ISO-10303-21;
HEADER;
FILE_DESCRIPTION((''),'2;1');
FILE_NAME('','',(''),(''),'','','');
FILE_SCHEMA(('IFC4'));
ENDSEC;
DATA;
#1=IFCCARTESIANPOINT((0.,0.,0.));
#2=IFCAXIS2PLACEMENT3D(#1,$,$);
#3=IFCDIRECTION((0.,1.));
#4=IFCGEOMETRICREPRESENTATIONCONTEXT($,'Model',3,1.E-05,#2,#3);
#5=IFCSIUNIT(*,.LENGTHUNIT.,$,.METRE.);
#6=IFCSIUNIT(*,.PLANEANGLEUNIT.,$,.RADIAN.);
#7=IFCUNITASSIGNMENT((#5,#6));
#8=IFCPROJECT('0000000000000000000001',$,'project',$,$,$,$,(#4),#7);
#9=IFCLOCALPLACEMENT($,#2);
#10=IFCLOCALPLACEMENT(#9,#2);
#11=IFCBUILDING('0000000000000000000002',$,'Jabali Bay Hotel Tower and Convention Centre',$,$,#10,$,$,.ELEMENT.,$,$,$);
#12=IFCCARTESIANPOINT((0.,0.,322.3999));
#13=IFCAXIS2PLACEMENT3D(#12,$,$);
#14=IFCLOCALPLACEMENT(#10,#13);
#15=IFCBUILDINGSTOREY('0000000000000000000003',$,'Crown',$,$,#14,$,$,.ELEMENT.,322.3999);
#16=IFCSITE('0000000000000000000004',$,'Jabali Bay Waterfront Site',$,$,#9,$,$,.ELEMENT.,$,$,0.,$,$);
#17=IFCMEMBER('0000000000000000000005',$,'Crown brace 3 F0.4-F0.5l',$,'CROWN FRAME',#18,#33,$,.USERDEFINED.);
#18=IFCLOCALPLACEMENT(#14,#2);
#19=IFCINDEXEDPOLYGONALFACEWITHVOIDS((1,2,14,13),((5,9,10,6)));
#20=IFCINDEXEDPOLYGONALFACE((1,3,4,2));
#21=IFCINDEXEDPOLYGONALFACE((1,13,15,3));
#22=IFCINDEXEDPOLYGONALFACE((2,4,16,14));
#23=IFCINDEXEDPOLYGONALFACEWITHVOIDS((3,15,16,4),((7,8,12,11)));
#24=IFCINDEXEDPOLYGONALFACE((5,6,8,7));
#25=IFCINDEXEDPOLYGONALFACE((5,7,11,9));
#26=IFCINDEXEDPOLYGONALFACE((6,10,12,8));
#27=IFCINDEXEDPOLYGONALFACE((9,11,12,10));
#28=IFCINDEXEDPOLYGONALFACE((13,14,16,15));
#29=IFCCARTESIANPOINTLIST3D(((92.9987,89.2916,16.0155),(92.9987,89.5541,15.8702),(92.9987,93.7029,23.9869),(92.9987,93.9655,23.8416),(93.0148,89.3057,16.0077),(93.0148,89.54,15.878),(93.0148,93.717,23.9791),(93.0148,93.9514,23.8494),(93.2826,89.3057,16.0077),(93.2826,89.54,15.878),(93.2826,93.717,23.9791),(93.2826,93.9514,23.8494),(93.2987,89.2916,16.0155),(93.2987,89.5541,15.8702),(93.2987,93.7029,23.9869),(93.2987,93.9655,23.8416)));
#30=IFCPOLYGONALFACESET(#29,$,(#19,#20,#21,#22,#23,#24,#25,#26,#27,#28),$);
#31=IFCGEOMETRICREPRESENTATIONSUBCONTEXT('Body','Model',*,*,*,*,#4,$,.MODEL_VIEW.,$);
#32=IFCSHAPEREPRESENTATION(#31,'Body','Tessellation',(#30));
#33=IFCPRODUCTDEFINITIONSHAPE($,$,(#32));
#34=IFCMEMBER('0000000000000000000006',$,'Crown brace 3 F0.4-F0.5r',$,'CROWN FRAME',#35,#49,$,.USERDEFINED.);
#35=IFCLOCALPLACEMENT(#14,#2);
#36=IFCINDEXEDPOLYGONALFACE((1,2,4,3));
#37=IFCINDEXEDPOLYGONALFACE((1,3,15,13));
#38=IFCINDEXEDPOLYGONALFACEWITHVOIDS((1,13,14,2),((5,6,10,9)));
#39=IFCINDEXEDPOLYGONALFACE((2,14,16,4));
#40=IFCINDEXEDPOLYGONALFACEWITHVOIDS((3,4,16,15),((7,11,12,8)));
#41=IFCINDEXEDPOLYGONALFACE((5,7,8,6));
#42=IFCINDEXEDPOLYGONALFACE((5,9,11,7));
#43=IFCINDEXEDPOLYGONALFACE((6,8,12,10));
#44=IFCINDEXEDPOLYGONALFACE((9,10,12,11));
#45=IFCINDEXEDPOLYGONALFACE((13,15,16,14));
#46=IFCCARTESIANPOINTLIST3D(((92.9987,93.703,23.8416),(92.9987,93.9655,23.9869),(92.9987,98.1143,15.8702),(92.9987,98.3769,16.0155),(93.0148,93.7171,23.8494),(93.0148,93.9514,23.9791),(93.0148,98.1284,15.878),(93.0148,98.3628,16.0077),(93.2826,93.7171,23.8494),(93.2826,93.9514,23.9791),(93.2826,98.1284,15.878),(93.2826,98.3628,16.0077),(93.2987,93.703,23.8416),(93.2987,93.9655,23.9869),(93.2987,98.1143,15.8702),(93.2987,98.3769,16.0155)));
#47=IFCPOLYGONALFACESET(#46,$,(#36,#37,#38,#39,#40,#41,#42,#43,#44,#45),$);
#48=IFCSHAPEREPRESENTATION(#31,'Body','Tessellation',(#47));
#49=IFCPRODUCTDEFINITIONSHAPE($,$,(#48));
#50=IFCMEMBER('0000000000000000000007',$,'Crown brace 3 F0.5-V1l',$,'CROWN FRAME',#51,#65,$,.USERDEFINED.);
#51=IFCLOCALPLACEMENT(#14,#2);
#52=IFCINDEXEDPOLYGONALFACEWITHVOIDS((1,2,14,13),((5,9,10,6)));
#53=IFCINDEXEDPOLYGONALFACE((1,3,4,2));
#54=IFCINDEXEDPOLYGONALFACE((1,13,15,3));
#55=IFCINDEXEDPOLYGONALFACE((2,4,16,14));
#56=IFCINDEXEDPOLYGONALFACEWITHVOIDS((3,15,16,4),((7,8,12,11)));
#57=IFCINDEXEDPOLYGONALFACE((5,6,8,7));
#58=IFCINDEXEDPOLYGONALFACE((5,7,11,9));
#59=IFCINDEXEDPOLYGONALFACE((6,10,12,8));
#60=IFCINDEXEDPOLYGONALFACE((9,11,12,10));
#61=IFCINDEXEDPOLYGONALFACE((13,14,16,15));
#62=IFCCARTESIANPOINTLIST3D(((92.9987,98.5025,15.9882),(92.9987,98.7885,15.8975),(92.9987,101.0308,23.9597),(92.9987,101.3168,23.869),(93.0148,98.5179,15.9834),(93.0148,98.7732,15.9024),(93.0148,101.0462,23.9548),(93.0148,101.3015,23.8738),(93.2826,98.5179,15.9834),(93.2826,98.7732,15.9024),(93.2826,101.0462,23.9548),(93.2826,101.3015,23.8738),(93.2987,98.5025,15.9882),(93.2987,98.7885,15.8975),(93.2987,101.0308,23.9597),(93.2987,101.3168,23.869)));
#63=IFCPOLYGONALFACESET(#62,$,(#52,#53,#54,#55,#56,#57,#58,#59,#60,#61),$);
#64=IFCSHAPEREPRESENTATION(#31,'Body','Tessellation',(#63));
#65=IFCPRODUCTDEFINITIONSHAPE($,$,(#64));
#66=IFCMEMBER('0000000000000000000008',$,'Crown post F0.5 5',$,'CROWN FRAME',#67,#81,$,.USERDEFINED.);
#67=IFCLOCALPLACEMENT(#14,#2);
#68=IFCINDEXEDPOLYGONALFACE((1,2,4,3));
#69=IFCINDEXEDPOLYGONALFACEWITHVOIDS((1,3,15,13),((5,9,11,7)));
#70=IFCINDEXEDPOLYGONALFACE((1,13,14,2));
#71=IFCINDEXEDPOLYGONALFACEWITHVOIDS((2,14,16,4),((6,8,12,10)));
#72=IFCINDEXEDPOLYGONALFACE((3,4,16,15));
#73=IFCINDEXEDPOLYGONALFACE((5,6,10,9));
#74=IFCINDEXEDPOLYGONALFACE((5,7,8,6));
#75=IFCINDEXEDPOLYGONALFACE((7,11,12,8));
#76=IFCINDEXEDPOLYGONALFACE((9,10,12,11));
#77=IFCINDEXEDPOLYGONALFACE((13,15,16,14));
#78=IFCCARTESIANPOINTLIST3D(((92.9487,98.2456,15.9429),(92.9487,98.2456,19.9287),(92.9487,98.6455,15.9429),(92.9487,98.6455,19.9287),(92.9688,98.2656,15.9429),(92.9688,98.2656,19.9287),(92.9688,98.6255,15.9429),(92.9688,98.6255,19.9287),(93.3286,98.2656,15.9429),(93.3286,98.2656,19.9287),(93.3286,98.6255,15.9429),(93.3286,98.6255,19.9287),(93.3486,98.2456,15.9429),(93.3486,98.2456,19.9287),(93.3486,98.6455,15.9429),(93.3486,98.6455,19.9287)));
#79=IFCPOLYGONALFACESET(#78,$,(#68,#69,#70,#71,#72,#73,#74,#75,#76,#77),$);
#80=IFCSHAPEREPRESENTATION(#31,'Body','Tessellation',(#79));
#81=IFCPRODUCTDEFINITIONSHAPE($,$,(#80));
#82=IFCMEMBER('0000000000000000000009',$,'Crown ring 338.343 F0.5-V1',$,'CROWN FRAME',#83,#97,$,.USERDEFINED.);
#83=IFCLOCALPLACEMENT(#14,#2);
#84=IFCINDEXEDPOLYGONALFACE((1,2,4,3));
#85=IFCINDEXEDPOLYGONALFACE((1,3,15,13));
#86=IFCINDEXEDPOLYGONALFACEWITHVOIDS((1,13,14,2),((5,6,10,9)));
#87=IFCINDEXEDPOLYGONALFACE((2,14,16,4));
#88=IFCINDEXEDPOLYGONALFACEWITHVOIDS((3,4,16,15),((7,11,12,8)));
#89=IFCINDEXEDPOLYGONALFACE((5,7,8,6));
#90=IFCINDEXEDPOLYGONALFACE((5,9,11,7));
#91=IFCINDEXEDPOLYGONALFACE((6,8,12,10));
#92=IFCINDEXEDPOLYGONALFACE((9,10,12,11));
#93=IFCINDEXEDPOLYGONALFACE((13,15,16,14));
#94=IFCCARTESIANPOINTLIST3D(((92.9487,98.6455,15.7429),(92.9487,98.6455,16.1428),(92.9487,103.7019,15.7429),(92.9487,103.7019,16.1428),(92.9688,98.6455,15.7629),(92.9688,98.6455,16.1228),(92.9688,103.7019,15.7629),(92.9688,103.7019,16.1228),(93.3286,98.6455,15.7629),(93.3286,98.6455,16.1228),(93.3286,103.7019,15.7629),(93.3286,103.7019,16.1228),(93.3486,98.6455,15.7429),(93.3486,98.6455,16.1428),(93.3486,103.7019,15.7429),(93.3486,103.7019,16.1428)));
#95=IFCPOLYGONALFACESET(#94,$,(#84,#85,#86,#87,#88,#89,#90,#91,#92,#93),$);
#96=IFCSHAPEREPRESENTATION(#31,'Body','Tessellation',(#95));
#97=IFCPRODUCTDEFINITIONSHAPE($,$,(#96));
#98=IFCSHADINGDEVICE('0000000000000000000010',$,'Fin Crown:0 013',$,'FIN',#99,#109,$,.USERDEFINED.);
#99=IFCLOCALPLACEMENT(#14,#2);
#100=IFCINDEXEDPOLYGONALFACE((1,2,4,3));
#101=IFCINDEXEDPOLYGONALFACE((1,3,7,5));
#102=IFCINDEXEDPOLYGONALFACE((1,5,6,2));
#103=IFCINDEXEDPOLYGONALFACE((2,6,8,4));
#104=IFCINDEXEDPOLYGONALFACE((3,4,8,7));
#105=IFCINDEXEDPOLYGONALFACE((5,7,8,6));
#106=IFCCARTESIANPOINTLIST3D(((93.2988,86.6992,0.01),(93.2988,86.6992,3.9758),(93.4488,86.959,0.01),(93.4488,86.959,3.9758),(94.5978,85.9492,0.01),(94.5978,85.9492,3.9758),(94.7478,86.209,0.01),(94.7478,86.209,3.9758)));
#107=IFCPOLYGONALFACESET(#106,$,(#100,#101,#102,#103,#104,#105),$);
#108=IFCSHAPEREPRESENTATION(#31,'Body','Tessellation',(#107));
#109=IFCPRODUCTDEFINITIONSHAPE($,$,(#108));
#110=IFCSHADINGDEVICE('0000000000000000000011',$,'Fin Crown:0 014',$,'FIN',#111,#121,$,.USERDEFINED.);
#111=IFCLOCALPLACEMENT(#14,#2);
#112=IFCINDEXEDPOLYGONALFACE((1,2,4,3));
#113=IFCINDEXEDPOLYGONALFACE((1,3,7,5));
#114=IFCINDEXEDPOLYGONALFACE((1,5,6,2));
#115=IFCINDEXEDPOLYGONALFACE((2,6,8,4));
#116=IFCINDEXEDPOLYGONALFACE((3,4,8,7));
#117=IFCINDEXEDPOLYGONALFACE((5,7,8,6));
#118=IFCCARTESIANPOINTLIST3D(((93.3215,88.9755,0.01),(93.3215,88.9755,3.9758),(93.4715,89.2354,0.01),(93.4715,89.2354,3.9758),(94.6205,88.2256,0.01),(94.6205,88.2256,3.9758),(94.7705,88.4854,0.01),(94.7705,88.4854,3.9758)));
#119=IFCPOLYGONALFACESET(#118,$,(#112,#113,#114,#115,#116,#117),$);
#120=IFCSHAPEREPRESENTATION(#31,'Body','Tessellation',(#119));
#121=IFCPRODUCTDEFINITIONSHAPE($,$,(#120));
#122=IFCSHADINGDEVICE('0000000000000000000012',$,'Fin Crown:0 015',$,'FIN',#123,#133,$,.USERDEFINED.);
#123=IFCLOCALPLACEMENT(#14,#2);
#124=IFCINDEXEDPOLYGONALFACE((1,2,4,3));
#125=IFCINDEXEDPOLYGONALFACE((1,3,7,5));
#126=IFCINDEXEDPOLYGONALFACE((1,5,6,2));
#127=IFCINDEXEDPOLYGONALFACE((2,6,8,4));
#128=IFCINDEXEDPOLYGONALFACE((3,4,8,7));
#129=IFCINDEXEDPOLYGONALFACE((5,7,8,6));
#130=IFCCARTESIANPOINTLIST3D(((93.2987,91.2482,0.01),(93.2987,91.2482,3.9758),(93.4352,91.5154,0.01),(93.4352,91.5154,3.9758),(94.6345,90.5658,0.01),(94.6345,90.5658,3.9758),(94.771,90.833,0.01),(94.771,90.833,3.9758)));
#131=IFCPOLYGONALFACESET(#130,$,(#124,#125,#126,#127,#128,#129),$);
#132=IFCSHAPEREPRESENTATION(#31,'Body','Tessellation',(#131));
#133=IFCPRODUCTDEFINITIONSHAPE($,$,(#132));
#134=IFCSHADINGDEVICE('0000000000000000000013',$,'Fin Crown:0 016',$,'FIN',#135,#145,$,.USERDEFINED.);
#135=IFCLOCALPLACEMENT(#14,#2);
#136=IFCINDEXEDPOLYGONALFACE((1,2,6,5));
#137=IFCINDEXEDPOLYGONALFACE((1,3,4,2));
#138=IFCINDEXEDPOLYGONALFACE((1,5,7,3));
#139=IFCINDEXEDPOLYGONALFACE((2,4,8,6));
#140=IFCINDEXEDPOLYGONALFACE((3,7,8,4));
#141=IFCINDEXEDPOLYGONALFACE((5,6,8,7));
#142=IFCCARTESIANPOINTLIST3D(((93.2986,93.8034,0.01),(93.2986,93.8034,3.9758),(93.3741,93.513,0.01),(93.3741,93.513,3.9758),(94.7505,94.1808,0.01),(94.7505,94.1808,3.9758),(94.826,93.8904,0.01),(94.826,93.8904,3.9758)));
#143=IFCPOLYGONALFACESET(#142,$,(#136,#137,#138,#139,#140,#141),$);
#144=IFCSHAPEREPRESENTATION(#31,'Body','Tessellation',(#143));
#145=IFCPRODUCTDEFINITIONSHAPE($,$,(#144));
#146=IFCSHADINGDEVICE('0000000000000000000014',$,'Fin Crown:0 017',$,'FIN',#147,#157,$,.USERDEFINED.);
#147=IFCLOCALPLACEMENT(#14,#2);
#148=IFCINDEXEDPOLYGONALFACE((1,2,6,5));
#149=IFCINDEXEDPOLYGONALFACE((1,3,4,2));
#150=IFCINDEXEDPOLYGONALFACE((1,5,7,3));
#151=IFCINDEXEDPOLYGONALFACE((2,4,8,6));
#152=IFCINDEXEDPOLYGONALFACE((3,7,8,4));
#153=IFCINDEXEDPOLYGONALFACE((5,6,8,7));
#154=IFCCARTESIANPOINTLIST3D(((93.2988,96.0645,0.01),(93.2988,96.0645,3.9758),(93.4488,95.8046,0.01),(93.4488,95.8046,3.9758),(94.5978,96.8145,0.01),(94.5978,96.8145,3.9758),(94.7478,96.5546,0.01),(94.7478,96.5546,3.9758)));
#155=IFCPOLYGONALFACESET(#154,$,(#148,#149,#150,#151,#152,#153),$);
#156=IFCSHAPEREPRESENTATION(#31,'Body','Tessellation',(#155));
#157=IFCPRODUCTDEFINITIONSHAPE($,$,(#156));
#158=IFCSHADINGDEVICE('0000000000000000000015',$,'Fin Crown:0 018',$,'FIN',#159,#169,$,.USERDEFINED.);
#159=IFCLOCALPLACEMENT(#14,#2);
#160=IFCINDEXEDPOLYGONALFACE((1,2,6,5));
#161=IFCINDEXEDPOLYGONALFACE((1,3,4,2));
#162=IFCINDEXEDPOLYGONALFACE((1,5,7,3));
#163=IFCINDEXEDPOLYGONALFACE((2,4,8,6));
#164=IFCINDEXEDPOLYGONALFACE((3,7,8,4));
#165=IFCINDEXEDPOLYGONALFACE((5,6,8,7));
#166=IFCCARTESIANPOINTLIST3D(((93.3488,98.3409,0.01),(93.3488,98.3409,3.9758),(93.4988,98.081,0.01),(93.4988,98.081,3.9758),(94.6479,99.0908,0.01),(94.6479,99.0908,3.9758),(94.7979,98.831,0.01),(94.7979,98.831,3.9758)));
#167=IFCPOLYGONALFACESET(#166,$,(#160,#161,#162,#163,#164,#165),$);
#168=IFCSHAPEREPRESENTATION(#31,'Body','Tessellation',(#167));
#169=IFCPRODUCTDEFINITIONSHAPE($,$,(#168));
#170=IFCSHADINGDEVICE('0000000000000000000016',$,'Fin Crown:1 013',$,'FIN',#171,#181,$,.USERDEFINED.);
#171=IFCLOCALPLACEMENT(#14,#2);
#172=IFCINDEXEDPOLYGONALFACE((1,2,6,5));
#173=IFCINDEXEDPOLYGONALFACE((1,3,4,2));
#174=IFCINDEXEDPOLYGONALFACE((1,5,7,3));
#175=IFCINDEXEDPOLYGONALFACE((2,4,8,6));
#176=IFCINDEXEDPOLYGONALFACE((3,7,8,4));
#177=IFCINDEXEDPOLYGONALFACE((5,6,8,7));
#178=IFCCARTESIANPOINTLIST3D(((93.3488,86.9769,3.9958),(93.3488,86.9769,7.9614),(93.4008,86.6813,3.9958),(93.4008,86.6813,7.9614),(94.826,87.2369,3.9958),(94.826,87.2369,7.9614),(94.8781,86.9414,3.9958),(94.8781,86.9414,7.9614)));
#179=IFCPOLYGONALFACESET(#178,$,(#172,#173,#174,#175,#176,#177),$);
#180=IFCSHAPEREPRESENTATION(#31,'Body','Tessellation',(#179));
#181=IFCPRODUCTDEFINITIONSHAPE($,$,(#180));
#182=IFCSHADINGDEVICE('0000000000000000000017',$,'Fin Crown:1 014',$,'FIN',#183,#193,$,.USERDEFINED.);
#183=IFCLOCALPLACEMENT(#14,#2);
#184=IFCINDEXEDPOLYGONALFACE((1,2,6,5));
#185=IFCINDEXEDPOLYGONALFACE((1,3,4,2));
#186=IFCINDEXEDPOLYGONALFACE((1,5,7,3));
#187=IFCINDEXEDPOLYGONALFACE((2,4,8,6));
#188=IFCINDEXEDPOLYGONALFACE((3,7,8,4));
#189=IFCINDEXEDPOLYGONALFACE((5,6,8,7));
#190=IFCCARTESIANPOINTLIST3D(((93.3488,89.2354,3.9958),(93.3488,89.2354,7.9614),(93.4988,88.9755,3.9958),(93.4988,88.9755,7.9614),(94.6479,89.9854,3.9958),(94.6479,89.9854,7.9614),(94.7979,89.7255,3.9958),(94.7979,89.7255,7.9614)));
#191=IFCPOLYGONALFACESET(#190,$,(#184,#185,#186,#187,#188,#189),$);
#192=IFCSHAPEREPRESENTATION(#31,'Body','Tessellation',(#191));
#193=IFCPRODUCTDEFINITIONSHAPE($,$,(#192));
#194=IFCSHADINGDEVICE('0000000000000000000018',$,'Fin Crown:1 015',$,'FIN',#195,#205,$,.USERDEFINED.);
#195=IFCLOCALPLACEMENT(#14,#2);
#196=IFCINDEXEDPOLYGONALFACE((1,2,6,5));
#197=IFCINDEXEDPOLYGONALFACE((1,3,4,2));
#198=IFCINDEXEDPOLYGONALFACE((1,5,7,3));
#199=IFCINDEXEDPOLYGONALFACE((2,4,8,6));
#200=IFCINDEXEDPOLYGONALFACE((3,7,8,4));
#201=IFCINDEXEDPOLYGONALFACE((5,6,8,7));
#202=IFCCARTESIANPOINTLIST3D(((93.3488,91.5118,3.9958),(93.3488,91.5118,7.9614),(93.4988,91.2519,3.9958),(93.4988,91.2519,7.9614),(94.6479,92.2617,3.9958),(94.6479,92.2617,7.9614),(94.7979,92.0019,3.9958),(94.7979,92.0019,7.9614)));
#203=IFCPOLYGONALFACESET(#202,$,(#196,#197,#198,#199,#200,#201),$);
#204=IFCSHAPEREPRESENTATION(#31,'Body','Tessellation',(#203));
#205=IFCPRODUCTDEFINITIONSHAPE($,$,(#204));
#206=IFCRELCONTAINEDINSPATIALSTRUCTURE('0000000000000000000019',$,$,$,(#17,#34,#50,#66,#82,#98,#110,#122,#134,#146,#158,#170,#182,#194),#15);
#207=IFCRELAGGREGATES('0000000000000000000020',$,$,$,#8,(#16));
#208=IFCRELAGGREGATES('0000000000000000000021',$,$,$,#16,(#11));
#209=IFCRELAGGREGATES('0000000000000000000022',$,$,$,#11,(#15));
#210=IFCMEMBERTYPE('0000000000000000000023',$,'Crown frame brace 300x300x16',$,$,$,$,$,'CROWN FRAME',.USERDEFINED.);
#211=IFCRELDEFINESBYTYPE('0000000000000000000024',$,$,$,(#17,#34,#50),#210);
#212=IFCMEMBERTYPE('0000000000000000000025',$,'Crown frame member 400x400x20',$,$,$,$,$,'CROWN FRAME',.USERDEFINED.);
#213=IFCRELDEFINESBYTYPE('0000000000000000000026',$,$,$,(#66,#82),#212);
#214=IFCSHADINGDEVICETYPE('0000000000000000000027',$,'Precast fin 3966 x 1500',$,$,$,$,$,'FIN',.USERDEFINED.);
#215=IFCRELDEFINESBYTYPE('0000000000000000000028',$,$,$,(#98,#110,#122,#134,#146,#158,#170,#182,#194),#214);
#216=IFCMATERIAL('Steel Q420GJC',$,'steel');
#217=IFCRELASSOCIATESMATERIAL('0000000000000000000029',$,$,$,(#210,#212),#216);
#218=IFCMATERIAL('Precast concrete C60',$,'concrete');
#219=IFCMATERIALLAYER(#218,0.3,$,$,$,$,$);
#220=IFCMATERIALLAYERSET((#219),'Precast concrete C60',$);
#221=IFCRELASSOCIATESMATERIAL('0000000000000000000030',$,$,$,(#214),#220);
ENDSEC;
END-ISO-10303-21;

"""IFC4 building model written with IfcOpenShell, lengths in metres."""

from ifc_helpers import new_model, si_unit, direction, frame, frame_2d, origin, origin_2d, place, context, subcontext, project, spatial, rectangle, hollow_rectangle, extrude, material, layer, layer_set, material_profile, profile_set, type_object, element, save


model = new_model("IFC4")

# Units and contexts
model_context = context("Model", 3, precision=1e-05, world=origin(), true_north=direction((0.0, 1.0)))
body_context = subcontext(model_context, "Body", "Model", "MODEL_VIEW")
ifc_project = project(units=[si_unit("LENGTHUNIT", "METRE"), si_unit("PLANEANGLEUNIT", "RADIAN")], contexts=[model_context])

# Site, building, storey
site_placement = place(None, origin())
site = spatial("IfcSite", under=ifc_project, at=site_placement, Name="Jabali Bay Waterfront Site", CompositionType="ELEMENT", RefElevation=0.0)
building_placement = place(site_placement, origin())
building = spatial("IfcBuilding", under=site, at=building_placement, Name="Jabali Bay Hotel Tower and Convention Centre", CompositionType="ELEMENT")
storey_placement = place(building_placement, frame((0.0, 0.0, 322.3999)))
storey = spatial("IfcBuildingStorey", under=building, at=storey_placement, Name="Crown", CompositionType="ELEMENT", Elevation=322.3999)

# Members
ifc_material_1 = material(Name="Steel Q420GJC", Category="steel")
ifc_material_profile_1 = material_profile(ifc_material_1, hollow_rectangle(XDim=0.3, YDim=0.3, WallThickness=0.0161, at=origin_2d()), Name="Crown frame brace 300x300x16")
ifc_profile_set_1 = profile_set([ifc_material_profile_1], Name="Steel Q420GJC")
member_type_1 = type_object("IfcMemberType", Name="Crown frame brace 300x300x16", ElementType="CROWN FRAME", PredefinedType="USERDEFINED", material=ifc_profile_set_1)
for number, where, z_axis, x_axis, name in (
    (1, (93.1487, 89.4229, 15.9429), (0.0, 0.4842, 0.874957), (-1.0, 0.0, 0.0), "Crown brace 3 F0.4-F0.5l"),
    (2, (93.1487, 98.2456, 15.9429), (0.0, -0.4842, 0.874957), (1.0, 0.0, 0.0), "Crown brace 3 F0.4-F0.5r"),
):
    element("IfcMember", number, at=place(storey_placement, frame(where, z_axis=z_axis, x_axis=x_axis)), inside=storey, type_object=member_type_1, Name=name, ObjectType="CROWN FRAME", PredefinedType="USERDEFINED", context=body_context, shape_type="SweptSolid", body=[
        extrude(hollow_rectangle(XDim=0.3, YDim=0.3, WallThickness=0.0161, at=origin_2d()), origin(), (0.0, 0.0, 1.0), 9.1106),
    ])
member_1_placement = place(storey_placement, frame((93.1487, 98.6455, 15.9429), z_axis=(0.0, 0.30233, 0.953203), x_axis=(-1.0, 0.0, 0.0)))
element("IfcMember", 3, at=member_1_placement, inside=storey, type_object=member_type_1, Name="Crown brace 3 F0.5-V1l", ObjectType="CROWN FRAME", PredefinedType="USERDEFINED", context=body_context, shape_type="SweptSolid", body=[
    extrude(hollow_rectangle(XDim=0.3, YDim=0.3, WallThickness=0.0161, at=origin_2d()), origin(), (0.0, 0.0, 1.0), 8.3628),
])
ifc_material_profile_2 = material_profile(ifc_material_1, hollow_rectangle(XDim=0.3999, YDim=0.3999, WallThickness=0.02, at=origin_2d()), Name="Crown frame member 400x400x20")
ifc_profile_set_2 = profile_set([ifc_material_profile_2], Name="Steel Q420GJC")
member_type_2 = type_object("IfcMemberType", Name="Crown frame member 400x400x20", ElementType="CROWN FRAME", PredefinedType="USERDEFINED", material=ifc_profile_set_2)
member_2_placement = place(storey_placement, frame((93.1487, 98.4456, 15.9429), z_axis=(0.0, 0.0, 1.0), x_axis=(1.0, 0.0, 0.0)))
element("IfcMember", 4, at=member_2_placement, inside=storey, type_object=member_type_2, Name="Crown post F0.5 5", ObjectType="CROWN FRAME", PredefinedType="USERDEFINED", context=body_context, shape_type="SweptSolid", body=[
    extrude(hollow_rectangle(XDim=0.3999, YDim=0.3999, WallThickness=0.02, at=origin_2d()), origin(), (0.0, 0.0, 1.0), 3.9858),
])
member_3_placement = place(storey_placement, frame((93.1487, 98.6455, 15.9429), z_axis=(0.0, 1.0, 0.0), x_axis=(-1.0, 0.0, 0.0)))
element("IfcMember", 5, at=member_3_placement, inside=storey, type_object=member_type_2, Name="Crown ring 338.343 F0.5-V1", ObjectType="CROWN FRAME", PredefinedType="USERDEFINED", context=body_context, shape_type="SweptSolid", body=[
    extrude(hollow_rectangle(XDim=0.3999, YDim=0.3999, WallThickness=0.02, at=origin_2d()), origin(), (0.0, 0.0, 1.0), 5.0564),
])

# Shading devices
ifc_material_2 = material(Name="Precast concrete C60", Category="concrete")
ifc_layer = layer(ifc_material_2, 0.3)
ifc_layer_set = layer_set([ifc_layer], Name="Precast concrete C60")
shading_device_type = type_object("IfcShadingDeviceType", Name="Precast fin 3966 x 1500", ElementType="FIN", PredefinedType="USERDEFINED", material=ifc_layer_set)
for number, where, z_axis, x_axis, name in (
    (6, (93.3738, 86.8291, 0.01), (0.0, 0.0, 1.0), (0.866031, -0.49999, 0.0), "Fin Crown:0 013"),
    (7, (93.3965, 89.1055, 0.01), (0.0, 0.0, 1.0), (0.866031, -0.49999, 0.0), "Fin Crown:0 014"),
    (8, (93.3669, 91.3818, 0.01), (0.0, 0.0, 1.0), (0.89052, -0.454945, 0.0), "Fin Crown:0 015"),
):
    element("IfcShadingDevice", number, at=place(storey_placement, frame(where, z_axis=z_axis, x_axis=x_axis)), inside=storey, type_object=shading_device_type, Name=name, ObjectType="FIN", PredefinedType="USERDEFINED", context=body_context, shape_type="SweptSolid", body=[
        extrude(rectangle(XDim=1.5, YDim=0.3, at=frame_2d((0.75, 0.0))), origin(), (0.0, 0.0, 1.0), 3.9658),
    ])
shading_device_1_placement = place(storey_placement, frame((93.3364, 93.6582, 0.01), z_axis=(0.0, 0.0, 1.0), x_axis=(0.967831, 0.2516, 0.0)))
element("IfcShadingDevice", 9, at=shading_device_1_placement, inside=storey, type_object=shading_device_type, Name="Fin Crown:0 016", ObjectType="FIN", PredefinedType="USERDEFINED", context=body_context, shape_type="SweptSolid", body=[
    extrude(rectangle(XDim=1.5002, YDim=0.3, at=frame_2d((0.75, 0.0))), origin(), (0.0, 0.0, 1.0), 3.9658),
])
for number, where, z_axis, x_axis, name in (
    (10, (93.3738, 95.9346, 0.01), (0.0, 0.0, 1.0), (0.866031, 0.49999, 0.0), "Fin Crown:0 017"),
    (11, (93.4238, 98.2109, 0.01), (0.0, 0.0, 1.0), (0.866031, 0.49999, 0.0), "Fin Crown:0 018"),
):
    element("IfcShadingDevice", number, at=place(storey_placement, frame(where, z_axis=z_axis, x_axis=x_axis)), inside=storey, type_object=shading_device_type, Name=name, ObjectType="FIN", PredefinedType="USERDEFINED", context=body_context, shape_type="SweptSolid", body=[
        extrude(rectangle(XDim=1.5, YDim=0.3, at=frame_2d((0.75, 0.0))), origin(), (0.0, 0.0, 1.0), 3.9658),
    ])
for number, where, z_axis, x_axis, name in (
    (12, (93.3748, 86.8291, 3.9958), (0.0, 0.0, 1.0), (0.984862, 0.17334, 0.0), "Fin Crown:1 013"),
    (13, (93.4238, 89.1055, 3.9958), (0.0, 0.0, 1.0), (0.866031, 0.49999, 0.0), "Fin Crown:1 014"),
    (14, (93.4238, 91.3818, 3.9958), (0.0, 0.0, 1.0), (0.866031, 0.49999, 0.0), "Fin Crown:1 015"),
):
    element("IfcShadingDevice", number, at=place(storey_placement, frame(where, z_axis=z_axis, x_axis=x_axis)), inside=storey, type_object=shading_device_type, Name=name, ObjectType="FIN", PredefinedType="USERDEFINED", context=body_context, shape_type="SweptSolid", body=[
        extrude(rectangle(XDim=1.5, YDim=0.3, at=frame_2d((0.75, 0.0))), origin(), (0.0, 0.0, 1.0), 3.9656),
    ])

save(model, "model.ifc")
